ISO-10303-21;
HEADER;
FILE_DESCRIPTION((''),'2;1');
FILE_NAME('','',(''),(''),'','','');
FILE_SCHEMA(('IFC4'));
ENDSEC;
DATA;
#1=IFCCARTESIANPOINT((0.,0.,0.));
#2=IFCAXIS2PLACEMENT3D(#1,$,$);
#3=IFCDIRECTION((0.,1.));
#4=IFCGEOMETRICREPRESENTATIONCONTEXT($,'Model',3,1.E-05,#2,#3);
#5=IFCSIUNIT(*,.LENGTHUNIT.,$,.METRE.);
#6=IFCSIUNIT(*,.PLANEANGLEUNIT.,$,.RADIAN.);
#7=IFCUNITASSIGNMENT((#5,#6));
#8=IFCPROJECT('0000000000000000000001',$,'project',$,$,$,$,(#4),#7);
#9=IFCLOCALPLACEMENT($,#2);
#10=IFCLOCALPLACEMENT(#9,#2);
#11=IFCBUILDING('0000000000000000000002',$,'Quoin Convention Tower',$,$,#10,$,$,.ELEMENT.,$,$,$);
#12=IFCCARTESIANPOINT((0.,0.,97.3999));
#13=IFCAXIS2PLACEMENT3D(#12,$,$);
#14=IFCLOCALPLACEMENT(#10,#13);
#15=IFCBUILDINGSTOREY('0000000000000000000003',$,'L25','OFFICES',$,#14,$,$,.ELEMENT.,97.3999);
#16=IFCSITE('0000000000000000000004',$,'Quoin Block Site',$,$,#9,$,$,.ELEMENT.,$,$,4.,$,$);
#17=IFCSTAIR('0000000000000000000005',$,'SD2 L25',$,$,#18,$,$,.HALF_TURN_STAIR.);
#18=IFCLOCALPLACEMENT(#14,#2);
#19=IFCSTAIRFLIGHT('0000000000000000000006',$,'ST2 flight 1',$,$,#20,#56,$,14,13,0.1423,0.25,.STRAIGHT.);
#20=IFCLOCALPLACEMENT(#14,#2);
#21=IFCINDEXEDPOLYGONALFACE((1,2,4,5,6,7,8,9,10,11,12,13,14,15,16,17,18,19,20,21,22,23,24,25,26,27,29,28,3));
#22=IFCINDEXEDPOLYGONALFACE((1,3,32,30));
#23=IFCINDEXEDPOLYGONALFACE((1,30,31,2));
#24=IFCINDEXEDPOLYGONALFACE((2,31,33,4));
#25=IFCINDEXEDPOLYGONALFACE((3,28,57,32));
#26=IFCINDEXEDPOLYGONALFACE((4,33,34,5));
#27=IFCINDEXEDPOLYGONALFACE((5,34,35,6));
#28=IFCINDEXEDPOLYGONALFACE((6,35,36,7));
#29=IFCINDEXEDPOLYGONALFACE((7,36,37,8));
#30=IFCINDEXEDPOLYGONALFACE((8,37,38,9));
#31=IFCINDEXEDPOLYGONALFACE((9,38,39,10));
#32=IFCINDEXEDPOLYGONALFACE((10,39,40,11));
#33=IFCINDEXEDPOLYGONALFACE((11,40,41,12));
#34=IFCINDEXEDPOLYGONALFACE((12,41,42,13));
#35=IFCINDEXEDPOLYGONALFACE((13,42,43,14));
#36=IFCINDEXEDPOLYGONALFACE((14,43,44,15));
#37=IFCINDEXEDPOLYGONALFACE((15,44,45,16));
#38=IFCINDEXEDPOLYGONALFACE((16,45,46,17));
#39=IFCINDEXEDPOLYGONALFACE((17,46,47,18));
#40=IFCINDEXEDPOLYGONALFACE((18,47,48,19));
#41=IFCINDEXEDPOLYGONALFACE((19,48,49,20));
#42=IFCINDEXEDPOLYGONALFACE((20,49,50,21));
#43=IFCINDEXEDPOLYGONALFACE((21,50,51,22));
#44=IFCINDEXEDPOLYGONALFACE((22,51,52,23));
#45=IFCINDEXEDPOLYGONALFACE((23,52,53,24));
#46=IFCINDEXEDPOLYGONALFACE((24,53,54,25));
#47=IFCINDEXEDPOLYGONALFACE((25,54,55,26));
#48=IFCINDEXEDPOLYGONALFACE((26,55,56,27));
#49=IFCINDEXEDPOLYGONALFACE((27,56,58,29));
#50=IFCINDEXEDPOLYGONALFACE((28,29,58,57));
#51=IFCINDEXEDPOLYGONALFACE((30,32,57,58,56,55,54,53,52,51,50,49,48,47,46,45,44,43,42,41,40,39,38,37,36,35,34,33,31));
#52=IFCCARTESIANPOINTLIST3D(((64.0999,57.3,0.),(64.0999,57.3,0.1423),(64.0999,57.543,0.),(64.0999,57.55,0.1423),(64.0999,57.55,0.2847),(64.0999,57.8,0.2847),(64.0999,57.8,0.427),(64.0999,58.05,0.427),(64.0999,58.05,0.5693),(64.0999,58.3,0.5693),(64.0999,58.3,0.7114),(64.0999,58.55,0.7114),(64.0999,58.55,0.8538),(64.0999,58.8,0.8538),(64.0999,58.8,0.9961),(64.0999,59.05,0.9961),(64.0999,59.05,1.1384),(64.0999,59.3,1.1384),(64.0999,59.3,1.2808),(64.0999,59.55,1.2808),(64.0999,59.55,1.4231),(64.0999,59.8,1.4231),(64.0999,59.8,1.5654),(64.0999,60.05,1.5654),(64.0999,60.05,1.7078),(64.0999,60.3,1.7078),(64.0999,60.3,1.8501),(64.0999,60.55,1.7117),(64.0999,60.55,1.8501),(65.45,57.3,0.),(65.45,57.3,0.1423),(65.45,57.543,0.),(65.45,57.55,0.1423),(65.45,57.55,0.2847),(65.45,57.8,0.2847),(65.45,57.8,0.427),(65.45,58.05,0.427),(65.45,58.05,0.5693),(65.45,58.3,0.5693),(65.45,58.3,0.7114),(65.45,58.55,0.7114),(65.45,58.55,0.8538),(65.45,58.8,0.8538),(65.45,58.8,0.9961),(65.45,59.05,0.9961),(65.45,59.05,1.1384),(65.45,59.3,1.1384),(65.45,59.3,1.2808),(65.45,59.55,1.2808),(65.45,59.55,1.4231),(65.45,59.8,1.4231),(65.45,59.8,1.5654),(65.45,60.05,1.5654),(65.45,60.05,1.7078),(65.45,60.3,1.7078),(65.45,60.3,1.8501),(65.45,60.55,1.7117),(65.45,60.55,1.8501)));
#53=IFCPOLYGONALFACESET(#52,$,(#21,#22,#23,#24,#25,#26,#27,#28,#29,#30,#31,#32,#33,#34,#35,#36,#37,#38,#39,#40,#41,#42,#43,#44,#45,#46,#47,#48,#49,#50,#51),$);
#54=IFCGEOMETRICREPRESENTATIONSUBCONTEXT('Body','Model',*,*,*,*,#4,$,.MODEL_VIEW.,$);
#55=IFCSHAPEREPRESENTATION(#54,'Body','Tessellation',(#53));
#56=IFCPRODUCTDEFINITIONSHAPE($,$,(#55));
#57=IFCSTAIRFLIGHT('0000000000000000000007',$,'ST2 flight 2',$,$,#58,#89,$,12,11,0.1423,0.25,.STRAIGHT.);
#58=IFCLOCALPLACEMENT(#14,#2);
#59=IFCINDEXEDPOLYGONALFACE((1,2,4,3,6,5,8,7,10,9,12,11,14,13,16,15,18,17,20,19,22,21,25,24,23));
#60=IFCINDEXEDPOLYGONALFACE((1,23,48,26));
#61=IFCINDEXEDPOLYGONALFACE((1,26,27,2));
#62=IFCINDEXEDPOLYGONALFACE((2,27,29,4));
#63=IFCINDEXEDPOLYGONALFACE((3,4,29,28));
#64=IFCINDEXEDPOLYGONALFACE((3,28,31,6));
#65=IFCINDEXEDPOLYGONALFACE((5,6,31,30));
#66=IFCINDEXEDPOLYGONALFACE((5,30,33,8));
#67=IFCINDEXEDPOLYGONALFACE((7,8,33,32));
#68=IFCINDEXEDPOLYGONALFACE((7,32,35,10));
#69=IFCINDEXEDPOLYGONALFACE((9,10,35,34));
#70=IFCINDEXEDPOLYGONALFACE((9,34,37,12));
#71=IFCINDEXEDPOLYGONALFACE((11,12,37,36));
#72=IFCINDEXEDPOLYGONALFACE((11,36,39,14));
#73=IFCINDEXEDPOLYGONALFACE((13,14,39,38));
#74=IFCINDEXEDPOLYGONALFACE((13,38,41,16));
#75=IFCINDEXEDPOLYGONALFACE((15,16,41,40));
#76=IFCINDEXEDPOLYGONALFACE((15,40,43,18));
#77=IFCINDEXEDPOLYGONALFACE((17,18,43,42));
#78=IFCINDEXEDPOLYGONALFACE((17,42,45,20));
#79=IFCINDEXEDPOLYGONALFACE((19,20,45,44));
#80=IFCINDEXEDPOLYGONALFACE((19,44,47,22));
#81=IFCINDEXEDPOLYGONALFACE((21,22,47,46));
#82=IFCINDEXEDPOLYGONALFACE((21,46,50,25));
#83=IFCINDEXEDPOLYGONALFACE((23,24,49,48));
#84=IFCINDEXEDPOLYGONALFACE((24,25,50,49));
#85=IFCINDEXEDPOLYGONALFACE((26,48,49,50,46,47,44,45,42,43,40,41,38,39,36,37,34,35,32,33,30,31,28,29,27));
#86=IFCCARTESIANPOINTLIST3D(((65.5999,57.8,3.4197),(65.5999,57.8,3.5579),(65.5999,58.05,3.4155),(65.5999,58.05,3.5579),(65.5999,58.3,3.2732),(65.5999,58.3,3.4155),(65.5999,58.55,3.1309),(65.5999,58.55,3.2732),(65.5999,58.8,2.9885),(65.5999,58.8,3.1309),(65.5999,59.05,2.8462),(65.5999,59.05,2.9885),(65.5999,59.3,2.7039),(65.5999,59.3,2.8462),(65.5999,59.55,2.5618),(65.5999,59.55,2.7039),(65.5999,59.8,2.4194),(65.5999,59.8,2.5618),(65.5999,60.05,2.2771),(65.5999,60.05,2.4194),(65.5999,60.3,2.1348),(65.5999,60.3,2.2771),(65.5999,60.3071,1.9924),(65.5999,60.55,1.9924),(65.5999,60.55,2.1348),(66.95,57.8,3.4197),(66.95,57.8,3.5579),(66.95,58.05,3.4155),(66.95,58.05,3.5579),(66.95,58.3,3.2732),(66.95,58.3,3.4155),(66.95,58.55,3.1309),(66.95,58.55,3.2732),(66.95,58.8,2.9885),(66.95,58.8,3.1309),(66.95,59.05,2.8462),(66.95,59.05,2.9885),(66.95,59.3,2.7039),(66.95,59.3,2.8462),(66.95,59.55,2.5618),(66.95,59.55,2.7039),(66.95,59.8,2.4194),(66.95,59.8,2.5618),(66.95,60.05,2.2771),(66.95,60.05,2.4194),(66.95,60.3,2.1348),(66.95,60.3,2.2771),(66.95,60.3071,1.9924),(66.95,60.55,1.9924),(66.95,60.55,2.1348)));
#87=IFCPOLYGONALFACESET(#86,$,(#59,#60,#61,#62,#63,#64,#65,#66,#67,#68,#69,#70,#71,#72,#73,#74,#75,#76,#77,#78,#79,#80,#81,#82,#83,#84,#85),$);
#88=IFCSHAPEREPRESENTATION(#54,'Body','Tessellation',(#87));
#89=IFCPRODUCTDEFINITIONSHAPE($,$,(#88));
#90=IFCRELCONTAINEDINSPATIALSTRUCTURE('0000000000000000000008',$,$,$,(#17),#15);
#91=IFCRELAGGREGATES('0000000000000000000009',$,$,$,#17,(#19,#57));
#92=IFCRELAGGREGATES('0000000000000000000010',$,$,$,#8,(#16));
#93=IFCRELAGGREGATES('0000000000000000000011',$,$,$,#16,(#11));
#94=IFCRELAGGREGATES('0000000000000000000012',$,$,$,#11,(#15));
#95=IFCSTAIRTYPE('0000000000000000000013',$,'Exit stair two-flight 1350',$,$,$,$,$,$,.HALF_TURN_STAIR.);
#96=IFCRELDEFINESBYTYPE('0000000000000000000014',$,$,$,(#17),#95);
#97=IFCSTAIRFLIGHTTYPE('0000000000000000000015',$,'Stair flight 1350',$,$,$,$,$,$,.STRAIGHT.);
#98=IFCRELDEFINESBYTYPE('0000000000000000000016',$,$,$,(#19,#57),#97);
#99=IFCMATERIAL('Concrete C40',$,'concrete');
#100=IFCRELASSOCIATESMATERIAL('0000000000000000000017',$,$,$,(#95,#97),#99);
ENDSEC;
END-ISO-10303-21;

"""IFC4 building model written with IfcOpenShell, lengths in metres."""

from ifc_helpers import new_model, si_unit, direction, frame, origin, place, context, subcontext, project, spatial, polyline, outline, extrude, material, type_object, element, aggregate, save


model = new_model("IFC4")

# Units and contexts
model_context = context("Model", 3, precision=1e-05, world=origin(), true_north=direction((0.0, 1.0)))
body_context = subcontext(model_context, "Body", "Model", "MODEL_VIEW")
ifc_project = project(units=[si_unit("LENGTHUNIT", "METRE"), si_unit("PLANEANGLEUNIT", "RADIAN")], contexts=[model_context])

# Site, building, storey
site_placement = place(None, origin())
site = spatial("IfcSite", under=ifc_project, at=site_placement, Name="Quoin Block Site", CompositionType="ELEMENT", RefElevation=4.0)
building_placement = place(site_placement, origin())
building = spatial("IfcBuilding", under=site, at=building_placement, Name="Quoin Convention Tower", CompositionType="ELEMENT")
storey_placement = place(building_placement, frame((0.0, 0.0, 97.3999)))
storey = spatial("IfcBuildingStorey", under=building, at=storey_placement, Name="L25", Description="OFFICES", CompositionType="ELEMENT", Elevation=97.3999)

# Stair, stair flights
ifc_material_1 = material(Name="Concrete C40", Category="concrete")
stair_type = type_object("IfcStairType", Name="Exit stair two-flight 1350", PredefinedType="HALF_TURN_STAIR", material=ifc_material_1)
stair_placement = place(storey_placement, origin())
stair = element("IfcStair", 1, at=stair_placement, inside=storey, type_object=stair_type, Name="SD2 L25", PredefinedType="HALF_TURN_STAIR")
stair_flight_type = type_object("IfcStairFlightType", Name="Stair flight 1350", PredefinedType="STRAIGHT", material=ifc_material_1)
stair_flight_1_placement = place(storey_placement, frame((64.7749, 57.3, 0.0), z_axis=(0.0, 0.0, 1.0), x_axis=(0.0, 1.0, 0.0)))
stair_flight_1 = element("IfcStairFlight", 2, at=stair_flight_1_placement, type_object=stair_flight_type, Name="ST2 flight 1", NumberOfRisers=14, NumberOfTreads=13, PredefinedType="STRAIGHT", RiserHeight=0.1423, TreadLength=0.25, context=body_context, shape_type="SweptSolid", body=[
    extrude(outline(polyline([(0.0, 0.0), (0.0, 0.1423), (0.25, 0.1423), (0.25, 0.2847), (0.5, 0.2847), (0.5, 0.427), (0.75, 0.427), (0.75, 0.5693), (1.0, 0.5693), (1.0, 0.7114), (1.25, 0.7114), (1.25, 0.8538), (1.5, 0.8538), (1.5, 0.9961), (1.75, 0.9961), (1.75, 1.1384), (2.0, 1.1384), (2.0, 1.2808), (2.25, 1.2808), (2.25, 1.4231), (2.5, 1.4231), (2.5, 1.5654), (2.75, 1.5654), (2.75, 1.7078), (3.0, 1.7078), (3.0, 1.8501), (3.25, 1.8501), (3.25, 1.9922), (3.25, 1.7117), (0.2429, 0.0), (0.0, 0.0)])), frame((0.0, 0.675, 0.0), z_axis=(0.0, -1.0, 0.0), x_axis=(1.0, 0.0, 0.0)), (0.0, 0.0, 1.0), 1.3501),
])
stair_flight_2_placement = place(storey_placement, frame((66.2749, 60.55, 1.9924), z_axis=(0.0, 0.0, 1.0), x_axis=(0.0, -1.0, 0.0)))
stair_flight_2 = element("IfcStairFlight", 3, at=stair_flight_2_placement, type_object=stair_flight_type, Name="ST2 flight 2", NumberOfRisers=12, NumberOfTreads=11, PredefinedType="STRAIGHT", RiserHeight=0.1423, TreadLength=0.25, context=body_context, shape_type="SweptSolid", body=[
    extrude(outline(polyline([(0.0, 0.0), (0.0, 0.1423), (0.25, 0.1423), (0.25, 0.2847), (0.5, 0.2847), (0.5, 0.427), (0.75, 0.427), (0.75, 0.5693), (1.0, 0.5693), (1.0, 0.7114), (1.25, 0.7114), (1.25, 0.8538), (1.5, 0.8538), (1.5, 0.9961), (1.75, 0.9961), (1.75, 1.1384), (2.0, 1.1384), (2.0, 1.2808), (2.25, 1.2808), (2.25, 1.4231), (2.5, 1.4231), (2.5, 1.5654), (2.75, 1.5654), (2.75, 1.7078), (2.75, 1.4272), (0.2429, 0.0), (0.0, 0.0)])), frame((0.0, 0.675, 0.0), z_axis=(0.0, -1.0, 0.0), x_axis=(1.0, 0.0, 0.0)), (0.0, 0.0, 1.0), 1.3501),
])
aggregate(stair, [stair_flight_1, stair_flight_2])

save(model, "model.ifc")
